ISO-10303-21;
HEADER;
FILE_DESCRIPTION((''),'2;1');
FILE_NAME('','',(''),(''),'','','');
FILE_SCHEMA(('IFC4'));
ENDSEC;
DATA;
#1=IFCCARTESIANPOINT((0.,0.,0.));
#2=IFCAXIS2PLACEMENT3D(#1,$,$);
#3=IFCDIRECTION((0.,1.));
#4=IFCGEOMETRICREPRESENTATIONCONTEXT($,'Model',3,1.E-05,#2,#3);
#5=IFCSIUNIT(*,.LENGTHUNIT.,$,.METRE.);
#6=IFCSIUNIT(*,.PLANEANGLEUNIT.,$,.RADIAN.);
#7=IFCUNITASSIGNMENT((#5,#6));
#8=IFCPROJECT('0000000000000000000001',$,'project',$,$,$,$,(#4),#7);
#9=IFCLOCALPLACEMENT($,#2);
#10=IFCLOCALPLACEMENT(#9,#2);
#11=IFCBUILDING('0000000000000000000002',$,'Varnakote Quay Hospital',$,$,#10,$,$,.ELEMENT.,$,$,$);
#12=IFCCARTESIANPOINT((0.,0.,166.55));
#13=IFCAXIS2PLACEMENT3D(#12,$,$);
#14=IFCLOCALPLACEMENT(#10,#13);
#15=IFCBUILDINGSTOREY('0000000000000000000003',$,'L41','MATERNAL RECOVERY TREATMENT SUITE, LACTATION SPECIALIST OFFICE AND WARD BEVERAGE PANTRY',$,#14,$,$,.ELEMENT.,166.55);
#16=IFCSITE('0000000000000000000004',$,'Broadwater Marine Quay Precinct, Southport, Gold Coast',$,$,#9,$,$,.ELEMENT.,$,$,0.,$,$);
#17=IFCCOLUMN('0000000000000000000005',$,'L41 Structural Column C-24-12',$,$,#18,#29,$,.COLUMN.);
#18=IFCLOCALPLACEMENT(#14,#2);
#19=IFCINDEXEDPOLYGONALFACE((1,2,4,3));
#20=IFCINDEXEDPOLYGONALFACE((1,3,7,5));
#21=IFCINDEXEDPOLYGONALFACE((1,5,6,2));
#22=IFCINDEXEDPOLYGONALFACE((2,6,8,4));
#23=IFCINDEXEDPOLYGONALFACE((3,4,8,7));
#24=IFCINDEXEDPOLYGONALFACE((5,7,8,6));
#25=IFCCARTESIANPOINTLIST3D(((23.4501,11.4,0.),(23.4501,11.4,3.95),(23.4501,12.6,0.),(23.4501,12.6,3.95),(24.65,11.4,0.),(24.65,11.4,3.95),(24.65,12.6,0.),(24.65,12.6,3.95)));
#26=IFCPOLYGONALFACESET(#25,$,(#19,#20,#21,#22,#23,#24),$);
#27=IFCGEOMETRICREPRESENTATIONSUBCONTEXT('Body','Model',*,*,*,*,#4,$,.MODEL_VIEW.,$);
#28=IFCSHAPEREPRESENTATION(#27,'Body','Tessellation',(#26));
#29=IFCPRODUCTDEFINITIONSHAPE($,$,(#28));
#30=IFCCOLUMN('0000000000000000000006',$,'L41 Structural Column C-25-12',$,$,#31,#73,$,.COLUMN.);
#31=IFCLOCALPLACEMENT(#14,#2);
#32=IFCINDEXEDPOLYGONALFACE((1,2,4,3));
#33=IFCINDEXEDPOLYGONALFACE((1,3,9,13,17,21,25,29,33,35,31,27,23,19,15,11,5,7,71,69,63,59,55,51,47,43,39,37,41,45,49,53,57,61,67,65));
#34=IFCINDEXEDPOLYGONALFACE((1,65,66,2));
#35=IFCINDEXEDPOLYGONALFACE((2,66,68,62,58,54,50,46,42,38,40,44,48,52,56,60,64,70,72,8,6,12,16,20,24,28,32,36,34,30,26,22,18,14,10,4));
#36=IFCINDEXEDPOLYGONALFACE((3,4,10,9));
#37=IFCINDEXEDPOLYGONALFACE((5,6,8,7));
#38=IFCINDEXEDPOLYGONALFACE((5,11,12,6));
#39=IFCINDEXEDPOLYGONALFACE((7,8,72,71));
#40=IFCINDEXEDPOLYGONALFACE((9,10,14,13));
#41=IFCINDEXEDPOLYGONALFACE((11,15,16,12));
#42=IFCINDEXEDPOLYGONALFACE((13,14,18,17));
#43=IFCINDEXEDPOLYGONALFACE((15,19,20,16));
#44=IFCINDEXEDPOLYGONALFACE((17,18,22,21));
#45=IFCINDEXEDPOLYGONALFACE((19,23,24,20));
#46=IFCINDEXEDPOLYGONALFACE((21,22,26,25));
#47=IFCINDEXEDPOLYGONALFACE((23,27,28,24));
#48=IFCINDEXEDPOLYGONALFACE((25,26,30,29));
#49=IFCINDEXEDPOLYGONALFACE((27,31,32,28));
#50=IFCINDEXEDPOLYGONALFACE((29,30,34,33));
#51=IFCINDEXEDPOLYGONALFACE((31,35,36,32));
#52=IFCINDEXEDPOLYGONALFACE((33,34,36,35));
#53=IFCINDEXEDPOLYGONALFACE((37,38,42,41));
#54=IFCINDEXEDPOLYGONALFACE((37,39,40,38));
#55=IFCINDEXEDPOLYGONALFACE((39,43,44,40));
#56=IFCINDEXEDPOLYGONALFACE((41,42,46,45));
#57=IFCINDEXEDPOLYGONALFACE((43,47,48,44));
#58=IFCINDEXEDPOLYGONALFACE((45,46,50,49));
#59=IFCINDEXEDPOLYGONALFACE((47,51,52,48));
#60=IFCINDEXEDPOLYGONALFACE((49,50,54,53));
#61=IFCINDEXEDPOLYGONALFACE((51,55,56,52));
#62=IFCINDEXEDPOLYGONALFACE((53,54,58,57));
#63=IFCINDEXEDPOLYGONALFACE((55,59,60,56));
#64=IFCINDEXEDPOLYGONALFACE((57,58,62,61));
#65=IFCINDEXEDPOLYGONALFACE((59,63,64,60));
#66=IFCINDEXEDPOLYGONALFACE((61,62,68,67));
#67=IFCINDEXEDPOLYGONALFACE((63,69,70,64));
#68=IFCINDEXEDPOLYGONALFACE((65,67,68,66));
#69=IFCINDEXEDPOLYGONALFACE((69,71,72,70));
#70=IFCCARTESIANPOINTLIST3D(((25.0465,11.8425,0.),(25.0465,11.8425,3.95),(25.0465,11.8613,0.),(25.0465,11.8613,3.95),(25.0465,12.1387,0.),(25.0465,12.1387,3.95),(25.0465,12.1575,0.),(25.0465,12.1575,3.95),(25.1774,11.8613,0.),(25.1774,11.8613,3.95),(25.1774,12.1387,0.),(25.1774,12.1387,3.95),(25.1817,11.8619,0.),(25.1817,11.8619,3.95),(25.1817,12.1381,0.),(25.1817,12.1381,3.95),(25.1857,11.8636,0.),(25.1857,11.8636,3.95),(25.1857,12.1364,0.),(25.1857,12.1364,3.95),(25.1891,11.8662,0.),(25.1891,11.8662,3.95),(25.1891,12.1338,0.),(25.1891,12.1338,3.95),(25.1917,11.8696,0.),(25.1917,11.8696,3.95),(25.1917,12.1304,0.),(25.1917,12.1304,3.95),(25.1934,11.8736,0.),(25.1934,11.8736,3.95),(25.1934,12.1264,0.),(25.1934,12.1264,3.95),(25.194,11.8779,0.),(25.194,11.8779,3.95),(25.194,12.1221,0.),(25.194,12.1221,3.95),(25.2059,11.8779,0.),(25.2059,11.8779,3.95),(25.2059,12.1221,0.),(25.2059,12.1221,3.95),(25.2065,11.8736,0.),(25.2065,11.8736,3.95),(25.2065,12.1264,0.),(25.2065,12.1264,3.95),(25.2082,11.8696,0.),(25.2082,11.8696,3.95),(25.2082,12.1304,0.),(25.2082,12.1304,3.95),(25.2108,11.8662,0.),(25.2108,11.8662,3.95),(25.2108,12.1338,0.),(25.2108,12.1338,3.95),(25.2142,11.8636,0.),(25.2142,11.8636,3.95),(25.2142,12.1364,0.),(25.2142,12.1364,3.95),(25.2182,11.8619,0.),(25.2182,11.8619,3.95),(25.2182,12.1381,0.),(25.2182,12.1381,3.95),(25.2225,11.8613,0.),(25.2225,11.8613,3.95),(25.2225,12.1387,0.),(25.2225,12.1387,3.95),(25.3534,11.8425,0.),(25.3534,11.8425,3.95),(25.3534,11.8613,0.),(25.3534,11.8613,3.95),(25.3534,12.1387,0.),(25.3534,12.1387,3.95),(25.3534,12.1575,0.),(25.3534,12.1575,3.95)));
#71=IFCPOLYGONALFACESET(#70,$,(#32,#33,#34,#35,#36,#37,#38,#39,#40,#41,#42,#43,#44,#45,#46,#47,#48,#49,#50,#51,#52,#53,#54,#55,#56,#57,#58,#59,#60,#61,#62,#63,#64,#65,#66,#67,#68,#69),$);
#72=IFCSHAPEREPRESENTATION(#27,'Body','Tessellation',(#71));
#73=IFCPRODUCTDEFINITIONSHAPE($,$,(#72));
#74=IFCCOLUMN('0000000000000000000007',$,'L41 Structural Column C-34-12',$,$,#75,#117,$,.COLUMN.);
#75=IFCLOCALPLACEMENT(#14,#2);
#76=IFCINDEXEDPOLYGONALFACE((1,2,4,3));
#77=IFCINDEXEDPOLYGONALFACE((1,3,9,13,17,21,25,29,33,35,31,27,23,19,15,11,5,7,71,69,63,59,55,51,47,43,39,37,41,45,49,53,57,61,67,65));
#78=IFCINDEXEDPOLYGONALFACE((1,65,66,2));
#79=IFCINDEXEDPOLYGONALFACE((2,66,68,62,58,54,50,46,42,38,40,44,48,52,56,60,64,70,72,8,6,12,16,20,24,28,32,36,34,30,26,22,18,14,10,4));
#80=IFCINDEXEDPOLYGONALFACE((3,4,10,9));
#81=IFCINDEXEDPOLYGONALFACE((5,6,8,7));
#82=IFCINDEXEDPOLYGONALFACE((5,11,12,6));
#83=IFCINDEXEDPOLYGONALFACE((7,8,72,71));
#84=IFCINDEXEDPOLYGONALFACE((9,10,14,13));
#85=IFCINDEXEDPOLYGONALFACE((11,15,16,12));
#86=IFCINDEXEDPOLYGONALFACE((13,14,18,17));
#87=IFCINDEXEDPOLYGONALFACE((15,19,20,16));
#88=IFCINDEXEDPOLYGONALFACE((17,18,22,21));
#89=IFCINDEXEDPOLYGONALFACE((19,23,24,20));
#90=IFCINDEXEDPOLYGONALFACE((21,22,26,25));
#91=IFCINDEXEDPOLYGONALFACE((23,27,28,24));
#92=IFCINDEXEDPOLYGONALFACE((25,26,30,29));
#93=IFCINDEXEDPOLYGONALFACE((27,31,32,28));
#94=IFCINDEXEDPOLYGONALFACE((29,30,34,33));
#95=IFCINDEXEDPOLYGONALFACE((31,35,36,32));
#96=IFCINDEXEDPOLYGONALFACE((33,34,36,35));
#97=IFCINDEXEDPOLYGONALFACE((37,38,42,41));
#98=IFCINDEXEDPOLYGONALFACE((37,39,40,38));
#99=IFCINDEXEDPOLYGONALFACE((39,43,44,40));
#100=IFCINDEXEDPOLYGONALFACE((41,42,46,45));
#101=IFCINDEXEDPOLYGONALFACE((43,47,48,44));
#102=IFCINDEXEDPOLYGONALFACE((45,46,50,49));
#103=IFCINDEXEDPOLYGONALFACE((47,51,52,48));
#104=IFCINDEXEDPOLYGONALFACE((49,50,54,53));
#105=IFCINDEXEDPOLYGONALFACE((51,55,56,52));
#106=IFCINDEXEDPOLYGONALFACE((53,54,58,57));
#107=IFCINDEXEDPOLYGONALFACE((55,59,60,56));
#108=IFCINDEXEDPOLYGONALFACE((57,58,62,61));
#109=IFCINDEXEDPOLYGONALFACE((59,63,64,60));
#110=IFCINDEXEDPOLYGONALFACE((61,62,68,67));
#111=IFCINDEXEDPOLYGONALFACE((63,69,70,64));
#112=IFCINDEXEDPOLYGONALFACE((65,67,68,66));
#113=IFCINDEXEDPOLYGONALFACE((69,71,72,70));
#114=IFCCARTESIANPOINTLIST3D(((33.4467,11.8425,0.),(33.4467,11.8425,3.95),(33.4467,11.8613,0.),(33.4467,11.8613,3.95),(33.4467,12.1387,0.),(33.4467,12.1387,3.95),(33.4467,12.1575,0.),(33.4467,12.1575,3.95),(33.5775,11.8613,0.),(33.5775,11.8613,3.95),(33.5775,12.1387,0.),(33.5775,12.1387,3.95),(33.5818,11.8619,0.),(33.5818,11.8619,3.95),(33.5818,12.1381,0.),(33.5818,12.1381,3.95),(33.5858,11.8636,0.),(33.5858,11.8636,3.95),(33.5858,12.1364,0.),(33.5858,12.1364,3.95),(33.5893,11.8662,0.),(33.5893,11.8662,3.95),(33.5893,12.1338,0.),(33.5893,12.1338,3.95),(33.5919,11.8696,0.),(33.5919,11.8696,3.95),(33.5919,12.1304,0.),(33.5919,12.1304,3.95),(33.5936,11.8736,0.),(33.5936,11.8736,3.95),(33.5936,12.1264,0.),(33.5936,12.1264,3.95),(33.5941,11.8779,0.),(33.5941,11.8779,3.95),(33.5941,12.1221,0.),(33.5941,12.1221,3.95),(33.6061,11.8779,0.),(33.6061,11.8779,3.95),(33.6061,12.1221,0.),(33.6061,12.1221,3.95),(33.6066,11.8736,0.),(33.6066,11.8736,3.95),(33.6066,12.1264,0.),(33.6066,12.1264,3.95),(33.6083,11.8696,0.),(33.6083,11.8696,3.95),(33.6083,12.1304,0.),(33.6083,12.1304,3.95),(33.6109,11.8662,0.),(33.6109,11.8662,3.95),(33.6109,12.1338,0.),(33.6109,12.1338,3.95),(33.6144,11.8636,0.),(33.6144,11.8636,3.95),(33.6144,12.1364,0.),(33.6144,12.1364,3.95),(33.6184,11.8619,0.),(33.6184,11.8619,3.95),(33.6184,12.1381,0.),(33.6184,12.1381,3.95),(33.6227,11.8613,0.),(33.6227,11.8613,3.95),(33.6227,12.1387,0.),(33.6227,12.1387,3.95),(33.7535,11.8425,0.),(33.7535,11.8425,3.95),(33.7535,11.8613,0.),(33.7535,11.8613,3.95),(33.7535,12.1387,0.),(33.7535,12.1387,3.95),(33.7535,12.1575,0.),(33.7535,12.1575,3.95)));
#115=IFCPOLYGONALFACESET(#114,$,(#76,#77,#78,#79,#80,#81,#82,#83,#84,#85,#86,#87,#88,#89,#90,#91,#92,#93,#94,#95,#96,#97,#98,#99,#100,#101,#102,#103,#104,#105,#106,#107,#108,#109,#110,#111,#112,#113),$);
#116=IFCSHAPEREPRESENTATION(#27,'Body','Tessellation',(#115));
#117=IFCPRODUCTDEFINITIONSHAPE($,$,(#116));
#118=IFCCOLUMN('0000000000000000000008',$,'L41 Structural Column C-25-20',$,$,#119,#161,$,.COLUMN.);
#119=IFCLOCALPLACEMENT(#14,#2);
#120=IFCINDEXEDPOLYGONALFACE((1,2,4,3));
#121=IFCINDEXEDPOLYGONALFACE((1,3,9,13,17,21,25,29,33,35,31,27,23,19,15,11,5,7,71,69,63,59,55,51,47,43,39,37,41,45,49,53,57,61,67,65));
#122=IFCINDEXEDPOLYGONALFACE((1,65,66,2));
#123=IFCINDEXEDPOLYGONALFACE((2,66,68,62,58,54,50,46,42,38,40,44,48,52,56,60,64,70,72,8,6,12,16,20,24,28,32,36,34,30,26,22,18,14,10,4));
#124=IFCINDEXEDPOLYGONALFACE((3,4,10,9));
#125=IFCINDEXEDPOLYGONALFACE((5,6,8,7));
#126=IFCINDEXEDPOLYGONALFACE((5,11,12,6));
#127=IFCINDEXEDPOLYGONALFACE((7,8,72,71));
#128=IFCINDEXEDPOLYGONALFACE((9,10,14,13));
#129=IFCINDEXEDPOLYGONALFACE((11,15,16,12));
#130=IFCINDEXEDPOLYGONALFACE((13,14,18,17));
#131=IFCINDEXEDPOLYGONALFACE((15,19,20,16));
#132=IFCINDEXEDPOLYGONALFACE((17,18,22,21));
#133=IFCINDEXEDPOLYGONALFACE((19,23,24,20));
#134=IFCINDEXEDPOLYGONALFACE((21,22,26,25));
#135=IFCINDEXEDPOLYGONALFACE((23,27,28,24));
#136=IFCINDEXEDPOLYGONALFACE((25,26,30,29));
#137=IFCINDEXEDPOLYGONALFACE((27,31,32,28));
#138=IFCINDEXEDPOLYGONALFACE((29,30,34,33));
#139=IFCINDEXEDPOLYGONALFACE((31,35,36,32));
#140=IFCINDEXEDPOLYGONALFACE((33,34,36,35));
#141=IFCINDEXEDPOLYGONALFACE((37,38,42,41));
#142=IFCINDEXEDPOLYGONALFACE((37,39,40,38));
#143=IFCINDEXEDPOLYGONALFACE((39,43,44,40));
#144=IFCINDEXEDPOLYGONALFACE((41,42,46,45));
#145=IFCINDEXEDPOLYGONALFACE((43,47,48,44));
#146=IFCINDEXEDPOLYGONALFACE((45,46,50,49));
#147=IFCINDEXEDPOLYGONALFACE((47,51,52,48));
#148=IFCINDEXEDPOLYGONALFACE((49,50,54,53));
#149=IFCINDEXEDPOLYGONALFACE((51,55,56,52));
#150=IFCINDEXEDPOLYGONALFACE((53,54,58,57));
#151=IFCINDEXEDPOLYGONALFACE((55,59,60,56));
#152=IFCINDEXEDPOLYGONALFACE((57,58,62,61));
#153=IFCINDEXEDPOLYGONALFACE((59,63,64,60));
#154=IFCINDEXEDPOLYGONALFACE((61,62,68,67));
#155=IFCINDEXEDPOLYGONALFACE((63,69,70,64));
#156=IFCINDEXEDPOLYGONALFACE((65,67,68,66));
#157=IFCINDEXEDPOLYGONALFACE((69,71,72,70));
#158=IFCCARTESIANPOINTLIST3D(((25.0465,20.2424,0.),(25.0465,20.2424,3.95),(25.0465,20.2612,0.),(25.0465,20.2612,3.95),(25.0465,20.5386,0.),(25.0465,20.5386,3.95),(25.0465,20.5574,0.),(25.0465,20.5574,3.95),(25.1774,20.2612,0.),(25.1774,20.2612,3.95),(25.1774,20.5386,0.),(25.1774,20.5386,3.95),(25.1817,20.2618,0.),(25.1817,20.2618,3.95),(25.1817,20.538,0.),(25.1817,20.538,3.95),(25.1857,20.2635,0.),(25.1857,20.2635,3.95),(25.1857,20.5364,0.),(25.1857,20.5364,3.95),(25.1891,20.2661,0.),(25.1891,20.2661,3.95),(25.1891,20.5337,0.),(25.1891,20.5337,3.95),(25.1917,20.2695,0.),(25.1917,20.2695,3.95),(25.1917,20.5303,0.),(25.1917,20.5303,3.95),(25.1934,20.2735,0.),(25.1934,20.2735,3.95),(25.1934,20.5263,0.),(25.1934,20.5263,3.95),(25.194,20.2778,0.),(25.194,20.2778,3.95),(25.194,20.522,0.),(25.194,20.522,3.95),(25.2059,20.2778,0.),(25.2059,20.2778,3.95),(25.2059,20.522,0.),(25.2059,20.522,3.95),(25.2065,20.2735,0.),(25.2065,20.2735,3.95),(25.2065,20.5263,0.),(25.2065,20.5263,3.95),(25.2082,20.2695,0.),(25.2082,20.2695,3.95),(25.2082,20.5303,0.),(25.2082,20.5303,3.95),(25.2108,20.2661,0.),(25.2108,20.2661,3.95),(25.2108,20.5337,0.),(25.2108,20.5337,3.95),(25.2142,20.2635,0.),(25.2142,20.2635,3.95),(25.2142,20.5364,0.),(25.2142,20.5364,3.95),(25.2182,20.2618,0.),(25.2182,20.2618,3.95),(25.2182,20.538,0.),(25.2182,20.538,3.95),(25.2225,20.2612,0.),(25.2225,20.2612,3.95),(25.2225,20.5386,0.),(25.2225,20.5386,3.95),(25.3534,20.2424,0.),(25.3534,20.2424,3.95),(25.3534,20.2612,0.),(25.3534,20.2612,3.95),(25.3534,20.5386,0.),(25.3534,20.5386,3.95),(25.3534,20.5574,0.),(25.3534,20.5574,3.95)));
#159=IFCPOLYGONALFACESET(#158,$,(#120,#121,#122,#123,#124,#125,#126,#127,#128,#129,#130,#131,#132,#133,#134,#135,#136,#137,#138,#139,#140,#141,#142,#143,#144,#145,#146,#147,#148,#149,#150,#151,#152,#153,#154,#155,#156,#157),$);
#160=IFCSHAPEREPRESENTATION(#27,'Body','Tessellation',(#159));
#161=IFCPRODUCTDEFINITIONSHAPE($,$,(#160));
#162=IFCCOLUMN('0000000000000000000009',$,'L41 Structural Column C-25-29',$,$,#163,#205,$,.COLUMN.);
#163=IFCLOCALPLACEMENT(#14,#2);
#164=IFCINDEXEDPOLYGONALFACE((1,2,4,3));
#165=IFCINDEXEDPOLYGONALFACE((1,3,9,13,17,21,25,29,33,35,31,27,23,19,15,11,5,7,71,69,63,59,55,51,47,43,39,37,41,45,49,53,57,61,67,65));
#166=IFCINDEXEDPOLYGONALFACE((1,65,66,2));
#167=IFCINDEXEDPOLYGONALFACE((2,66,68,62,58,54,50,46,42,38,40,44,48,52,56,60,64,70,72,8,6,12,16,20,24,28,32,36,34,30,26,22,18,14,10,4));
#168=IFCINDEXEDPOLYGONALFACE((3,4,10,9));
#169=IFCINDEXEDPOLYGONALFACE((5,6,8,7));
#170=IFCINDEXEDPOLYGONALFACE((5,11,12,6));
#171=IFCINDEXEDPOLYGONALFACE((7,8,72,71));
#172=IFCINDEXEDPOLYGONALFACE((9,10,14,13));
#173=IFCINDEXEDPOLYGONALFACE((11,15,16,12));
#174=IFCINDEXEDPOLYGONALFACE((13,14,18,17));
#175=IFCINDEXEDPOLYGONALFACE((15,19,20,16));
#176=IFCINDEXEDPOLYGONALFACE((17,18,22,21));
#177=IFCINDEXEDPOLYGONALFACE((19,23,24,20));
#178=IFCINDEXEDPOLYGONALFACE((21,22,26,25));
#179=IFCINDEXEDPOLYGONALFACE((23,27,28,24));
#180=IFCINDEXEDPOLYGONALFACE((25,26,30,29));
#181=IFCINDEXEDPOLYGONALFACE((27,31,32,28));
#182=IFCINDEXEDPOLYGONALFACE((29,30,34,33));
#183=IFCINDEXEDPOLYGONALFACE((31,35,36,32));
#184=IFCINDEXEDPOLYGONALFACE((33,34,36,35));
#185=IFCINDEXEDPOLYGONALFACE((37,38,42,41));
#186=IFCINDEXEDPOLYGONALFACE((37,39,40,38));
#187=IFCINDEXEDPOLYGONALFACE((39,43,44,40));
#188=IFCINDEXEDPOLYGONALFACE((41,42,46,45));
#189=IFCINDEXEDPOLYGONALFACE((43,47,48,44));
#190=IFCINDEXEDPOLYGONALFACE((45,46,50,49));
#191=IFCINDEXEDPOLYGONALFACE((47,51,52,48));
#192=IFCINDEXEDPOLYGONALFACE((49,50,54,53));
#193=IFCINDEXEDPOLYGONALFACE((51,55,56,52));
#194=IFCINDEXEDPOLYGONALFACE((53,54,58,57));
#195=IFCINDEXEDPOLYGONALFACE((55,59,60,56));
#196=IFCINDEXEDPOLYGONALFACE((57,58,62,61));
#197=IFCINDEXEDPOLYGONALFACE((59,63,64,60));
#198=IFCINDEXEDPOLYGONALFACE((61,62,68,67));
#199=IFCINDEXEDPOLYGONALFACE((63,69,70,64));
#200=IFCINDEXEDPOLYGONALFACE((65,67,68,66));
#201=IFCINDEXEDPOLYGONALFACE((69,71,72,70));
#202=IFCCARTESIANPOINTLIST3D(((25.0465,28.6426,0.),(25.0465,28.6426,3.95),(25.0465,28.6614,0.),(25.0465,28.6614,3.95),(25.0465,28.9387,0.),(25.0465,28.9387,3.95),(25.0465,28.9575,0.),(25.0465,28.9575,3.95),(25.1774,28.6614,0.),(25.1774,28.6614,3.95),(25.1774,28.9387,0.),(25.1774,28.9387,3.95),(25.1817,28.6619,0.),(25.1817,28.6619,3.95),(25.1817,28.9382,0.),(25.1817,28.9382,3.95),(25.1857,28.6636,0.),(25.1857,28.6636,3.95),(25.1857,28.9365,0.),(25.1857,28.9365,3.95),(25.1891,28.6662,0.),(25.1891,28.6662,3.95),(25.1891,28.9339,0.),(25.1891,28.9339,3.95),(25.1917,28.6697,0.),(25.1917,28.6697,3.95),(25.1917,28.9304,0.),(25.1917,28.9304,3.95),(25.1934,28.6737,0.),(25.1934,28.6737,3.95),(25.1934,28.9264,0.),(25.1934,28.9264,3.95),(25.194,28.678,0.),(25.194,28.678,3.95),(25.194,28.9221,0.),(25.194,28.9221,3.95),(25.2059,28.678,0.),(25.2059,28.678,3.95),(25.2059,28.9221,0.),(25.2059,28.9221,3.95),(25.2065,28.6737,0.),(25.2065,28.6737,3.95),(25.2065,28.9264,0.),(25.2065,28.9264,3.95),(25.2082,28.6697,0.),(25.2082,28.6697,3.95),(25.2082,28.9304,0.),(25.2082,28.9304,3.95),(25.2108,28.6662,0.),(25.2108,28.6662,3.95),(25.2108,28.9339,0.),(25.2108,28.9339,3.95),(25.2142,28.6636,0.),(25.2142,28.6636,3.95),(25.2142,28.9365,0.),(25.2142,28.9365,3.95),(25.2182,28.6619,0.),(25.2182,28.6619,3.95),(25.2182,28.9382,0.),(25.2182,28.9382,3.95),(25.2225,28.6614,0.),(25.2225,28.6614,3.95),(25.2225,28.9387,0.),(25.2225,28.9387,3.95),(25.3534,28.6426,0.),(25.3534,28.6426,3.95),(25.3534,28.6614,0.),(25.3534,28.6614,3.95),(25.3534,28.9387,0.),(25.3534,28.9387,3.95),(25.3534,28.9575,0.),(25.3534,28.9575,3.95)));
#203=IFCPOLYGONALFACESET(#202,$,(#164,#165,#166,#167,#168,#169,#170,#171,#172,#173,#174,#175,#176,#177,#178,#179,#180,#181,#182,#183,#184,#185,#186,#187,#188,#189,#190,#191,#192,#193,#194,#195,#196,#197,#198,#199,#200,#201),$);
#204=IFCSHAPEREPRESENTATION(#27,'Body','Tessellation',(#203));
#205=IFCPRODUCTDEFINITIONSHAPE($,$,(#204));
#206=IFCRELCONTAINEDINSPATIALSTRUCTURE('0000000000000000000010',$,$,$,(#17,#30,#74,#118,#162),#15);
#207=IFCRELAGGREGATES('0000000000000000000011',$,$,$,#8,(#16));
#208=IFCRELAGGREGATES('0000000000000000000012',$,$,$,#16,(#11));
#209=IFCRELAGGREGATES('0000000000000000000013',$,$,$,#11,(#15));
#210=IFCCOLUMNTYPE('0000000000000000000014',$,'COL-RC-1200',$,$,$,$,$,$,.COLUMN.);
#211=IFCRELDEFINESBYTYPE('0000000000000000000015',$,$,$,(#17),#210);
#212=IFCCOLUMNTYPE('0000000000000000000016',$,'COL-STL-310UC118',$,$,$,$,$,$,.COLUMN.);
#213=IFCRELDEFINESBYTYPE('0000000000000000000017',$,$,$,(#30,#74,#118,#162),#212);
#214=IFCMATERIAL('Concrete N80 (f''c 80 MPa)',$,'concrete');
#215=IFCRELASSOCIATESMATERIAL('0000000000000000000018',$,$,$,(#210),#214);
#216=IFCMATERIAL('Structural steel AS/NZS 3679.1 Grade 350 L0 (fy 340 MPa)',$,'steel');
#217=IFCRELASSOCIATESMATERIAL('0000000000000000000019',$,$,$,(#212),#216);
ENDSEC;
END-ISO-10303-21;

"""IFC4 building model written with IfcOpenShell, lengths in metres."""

from ifc_helpers import new_model, si_unit, direction, frame, origin, origin_2d, place, context, subcontext, project, spatial, rectangle, i_section, extrude, material, material_profile, profile_set, type_object, element, save


model = new_model("IFC4")

# Units and contexts
model_context = context("Model", 3, precision=1e-05, world=origin(), true_north=direction((0.0, 1.0)))
body_context = subcontext(model_context, "Body", "Model", "MODEL_VIEW")
ifc_project = project(units=[si_unit("LENGTHUNIT", "METRE"), si_unit("PLANEANGLEUNIT", "RADIAN")], contexts=[model_context])

# Site, building, storey
site_placement = place(None, origin())
site = spatial("IfcSite", under=ifc_project, at=site_placement, Name="Broadwater Marine Quay Precinct, Southport, Gold Coast", CompositionType="ELEMENT", RefElevation=0.0)
building_placement = place(site_placement, origin())
building = spatial("IfcBuilding", under=site, at=building_placement, Name="Varnakote Quay Hospital", CompositionType="ELEMENT")
storey_placement = place(building_placement, frame((0.0, 0.0, 166.55)))
storey = spatial("IfcBuildingStorey", under=building, at=storey_placement, Name="L41", Description="MATERNAL RECOVERY TREATMENT SUITE, LACTATION SPECIALIST OFFICE AND WARD BEVERAGE PANTRY", CompositionType="ELEMENT", Elevation=166.55)

# Columns
ifc_material_1 = material(Name="Concrete N80 (f'c 80 MPa)", Category="concrete")
ifc_material_profile_1 = material_profile(ifc_material_1, rectangle(XDim=1.2, YDim=1.2, at=origin_2d()), Name="RC-COL-1200x1200")
ifc_profile_set_1 = profile_set([ifc_material_profile_1], Name="Concrete N80 (f'c 80 MPa)")
column_type_1 = type_object("IfcColumnType", Name="COL-RC-1200", PredefinedType="COLUMN", material=ifc_profile_set_1)
column_placement = place(storey_placement, frame((24.05, 12.0, 0.0), z_axis=(0.0, 0.0, 1.0), x_axis=(1.0, 0.0, 0.0)))
element("IfcColumn", 1, at=column_placement, inside=storey, type_object=column_type_1, Name="L41 Structural Column C-24-12", PredefinedType="COLUMN", context=body_context, shape_type="SweptSolid", body=[
    extrude(rectangle(XDim=1.2, YDim=1.2, at=origin_2d()), origin(), (0.0, 0.0, 1.0), 3.95),
])
ifc_material_2 = material(Name="Structural steel AS/NZS 3679.1 Grade 350 L0 (fy 340 MPa)", Category="steel")
ifc_material_profile_2 = material_profile(ifc_material_2, i_section(OverallWidth=0.3069, OverallDepth=0.3149, WebThickness=0.012, FlangeThickness=0.0188, FilletRadius=0.0166, at=origin_2d()), Name="310UC118")
ifc_profile_set_2 = profile_set([ifc_material_profile_2], Name="Structural steel AS/NZS 3679.1 Grade 350 L0 (fy 340 MPa)")
column_type_2 = type_object("IfcColumnType", Name="COL-STL-310UC118", PredefinedType="COLUMN", material=ifc_profile_set_2)
for number, where, z_axis, x_axis, name in (
    (2, (25.2, 12.0, 0.0), (0.0, 0.0, 1.0), (1.0, 0.0, 0.0), "L41 Structural Column C-25-12"),
    (3, (33.6001, 12.0, 0.0), (0.0, 0.0, 1.0), (1.0, 0.0, 0.0), "L41 Structural Column C-34-12"),
    (4, (25.2, 20.3999, 0.0), (0.0, 0.0, 1.0), (1.0, 0.0, 0.0), "L41 Structural Column C-25-20"),
    (5, (25.2, 28.8, 0.0), (0.0, 0.0, 1.0), (1.0, 0.0, 0.0), "L41 Structural Column C-25-29"),
):
    element("IfcColumn", number, at=place(storey_placement, frame(where, z_axis=z_axis, x_axis=x_axis)), inside=storey, type_object=column_type_2, Name=name, PredefinedType="COLUMN", context=body_context, shape_type="SweptSolid", body=[
        extrude(i_section(OverallWidth=0.3069, OverallDepth=0.3149, WebThickness=0.012, FlangeThickness=0.0188, FilletRadius=0.0166, at=origin_2d()), origin(), (0.0, 0.0, 1.0), 3.95),
    ])

save(model, "model.ifc")
